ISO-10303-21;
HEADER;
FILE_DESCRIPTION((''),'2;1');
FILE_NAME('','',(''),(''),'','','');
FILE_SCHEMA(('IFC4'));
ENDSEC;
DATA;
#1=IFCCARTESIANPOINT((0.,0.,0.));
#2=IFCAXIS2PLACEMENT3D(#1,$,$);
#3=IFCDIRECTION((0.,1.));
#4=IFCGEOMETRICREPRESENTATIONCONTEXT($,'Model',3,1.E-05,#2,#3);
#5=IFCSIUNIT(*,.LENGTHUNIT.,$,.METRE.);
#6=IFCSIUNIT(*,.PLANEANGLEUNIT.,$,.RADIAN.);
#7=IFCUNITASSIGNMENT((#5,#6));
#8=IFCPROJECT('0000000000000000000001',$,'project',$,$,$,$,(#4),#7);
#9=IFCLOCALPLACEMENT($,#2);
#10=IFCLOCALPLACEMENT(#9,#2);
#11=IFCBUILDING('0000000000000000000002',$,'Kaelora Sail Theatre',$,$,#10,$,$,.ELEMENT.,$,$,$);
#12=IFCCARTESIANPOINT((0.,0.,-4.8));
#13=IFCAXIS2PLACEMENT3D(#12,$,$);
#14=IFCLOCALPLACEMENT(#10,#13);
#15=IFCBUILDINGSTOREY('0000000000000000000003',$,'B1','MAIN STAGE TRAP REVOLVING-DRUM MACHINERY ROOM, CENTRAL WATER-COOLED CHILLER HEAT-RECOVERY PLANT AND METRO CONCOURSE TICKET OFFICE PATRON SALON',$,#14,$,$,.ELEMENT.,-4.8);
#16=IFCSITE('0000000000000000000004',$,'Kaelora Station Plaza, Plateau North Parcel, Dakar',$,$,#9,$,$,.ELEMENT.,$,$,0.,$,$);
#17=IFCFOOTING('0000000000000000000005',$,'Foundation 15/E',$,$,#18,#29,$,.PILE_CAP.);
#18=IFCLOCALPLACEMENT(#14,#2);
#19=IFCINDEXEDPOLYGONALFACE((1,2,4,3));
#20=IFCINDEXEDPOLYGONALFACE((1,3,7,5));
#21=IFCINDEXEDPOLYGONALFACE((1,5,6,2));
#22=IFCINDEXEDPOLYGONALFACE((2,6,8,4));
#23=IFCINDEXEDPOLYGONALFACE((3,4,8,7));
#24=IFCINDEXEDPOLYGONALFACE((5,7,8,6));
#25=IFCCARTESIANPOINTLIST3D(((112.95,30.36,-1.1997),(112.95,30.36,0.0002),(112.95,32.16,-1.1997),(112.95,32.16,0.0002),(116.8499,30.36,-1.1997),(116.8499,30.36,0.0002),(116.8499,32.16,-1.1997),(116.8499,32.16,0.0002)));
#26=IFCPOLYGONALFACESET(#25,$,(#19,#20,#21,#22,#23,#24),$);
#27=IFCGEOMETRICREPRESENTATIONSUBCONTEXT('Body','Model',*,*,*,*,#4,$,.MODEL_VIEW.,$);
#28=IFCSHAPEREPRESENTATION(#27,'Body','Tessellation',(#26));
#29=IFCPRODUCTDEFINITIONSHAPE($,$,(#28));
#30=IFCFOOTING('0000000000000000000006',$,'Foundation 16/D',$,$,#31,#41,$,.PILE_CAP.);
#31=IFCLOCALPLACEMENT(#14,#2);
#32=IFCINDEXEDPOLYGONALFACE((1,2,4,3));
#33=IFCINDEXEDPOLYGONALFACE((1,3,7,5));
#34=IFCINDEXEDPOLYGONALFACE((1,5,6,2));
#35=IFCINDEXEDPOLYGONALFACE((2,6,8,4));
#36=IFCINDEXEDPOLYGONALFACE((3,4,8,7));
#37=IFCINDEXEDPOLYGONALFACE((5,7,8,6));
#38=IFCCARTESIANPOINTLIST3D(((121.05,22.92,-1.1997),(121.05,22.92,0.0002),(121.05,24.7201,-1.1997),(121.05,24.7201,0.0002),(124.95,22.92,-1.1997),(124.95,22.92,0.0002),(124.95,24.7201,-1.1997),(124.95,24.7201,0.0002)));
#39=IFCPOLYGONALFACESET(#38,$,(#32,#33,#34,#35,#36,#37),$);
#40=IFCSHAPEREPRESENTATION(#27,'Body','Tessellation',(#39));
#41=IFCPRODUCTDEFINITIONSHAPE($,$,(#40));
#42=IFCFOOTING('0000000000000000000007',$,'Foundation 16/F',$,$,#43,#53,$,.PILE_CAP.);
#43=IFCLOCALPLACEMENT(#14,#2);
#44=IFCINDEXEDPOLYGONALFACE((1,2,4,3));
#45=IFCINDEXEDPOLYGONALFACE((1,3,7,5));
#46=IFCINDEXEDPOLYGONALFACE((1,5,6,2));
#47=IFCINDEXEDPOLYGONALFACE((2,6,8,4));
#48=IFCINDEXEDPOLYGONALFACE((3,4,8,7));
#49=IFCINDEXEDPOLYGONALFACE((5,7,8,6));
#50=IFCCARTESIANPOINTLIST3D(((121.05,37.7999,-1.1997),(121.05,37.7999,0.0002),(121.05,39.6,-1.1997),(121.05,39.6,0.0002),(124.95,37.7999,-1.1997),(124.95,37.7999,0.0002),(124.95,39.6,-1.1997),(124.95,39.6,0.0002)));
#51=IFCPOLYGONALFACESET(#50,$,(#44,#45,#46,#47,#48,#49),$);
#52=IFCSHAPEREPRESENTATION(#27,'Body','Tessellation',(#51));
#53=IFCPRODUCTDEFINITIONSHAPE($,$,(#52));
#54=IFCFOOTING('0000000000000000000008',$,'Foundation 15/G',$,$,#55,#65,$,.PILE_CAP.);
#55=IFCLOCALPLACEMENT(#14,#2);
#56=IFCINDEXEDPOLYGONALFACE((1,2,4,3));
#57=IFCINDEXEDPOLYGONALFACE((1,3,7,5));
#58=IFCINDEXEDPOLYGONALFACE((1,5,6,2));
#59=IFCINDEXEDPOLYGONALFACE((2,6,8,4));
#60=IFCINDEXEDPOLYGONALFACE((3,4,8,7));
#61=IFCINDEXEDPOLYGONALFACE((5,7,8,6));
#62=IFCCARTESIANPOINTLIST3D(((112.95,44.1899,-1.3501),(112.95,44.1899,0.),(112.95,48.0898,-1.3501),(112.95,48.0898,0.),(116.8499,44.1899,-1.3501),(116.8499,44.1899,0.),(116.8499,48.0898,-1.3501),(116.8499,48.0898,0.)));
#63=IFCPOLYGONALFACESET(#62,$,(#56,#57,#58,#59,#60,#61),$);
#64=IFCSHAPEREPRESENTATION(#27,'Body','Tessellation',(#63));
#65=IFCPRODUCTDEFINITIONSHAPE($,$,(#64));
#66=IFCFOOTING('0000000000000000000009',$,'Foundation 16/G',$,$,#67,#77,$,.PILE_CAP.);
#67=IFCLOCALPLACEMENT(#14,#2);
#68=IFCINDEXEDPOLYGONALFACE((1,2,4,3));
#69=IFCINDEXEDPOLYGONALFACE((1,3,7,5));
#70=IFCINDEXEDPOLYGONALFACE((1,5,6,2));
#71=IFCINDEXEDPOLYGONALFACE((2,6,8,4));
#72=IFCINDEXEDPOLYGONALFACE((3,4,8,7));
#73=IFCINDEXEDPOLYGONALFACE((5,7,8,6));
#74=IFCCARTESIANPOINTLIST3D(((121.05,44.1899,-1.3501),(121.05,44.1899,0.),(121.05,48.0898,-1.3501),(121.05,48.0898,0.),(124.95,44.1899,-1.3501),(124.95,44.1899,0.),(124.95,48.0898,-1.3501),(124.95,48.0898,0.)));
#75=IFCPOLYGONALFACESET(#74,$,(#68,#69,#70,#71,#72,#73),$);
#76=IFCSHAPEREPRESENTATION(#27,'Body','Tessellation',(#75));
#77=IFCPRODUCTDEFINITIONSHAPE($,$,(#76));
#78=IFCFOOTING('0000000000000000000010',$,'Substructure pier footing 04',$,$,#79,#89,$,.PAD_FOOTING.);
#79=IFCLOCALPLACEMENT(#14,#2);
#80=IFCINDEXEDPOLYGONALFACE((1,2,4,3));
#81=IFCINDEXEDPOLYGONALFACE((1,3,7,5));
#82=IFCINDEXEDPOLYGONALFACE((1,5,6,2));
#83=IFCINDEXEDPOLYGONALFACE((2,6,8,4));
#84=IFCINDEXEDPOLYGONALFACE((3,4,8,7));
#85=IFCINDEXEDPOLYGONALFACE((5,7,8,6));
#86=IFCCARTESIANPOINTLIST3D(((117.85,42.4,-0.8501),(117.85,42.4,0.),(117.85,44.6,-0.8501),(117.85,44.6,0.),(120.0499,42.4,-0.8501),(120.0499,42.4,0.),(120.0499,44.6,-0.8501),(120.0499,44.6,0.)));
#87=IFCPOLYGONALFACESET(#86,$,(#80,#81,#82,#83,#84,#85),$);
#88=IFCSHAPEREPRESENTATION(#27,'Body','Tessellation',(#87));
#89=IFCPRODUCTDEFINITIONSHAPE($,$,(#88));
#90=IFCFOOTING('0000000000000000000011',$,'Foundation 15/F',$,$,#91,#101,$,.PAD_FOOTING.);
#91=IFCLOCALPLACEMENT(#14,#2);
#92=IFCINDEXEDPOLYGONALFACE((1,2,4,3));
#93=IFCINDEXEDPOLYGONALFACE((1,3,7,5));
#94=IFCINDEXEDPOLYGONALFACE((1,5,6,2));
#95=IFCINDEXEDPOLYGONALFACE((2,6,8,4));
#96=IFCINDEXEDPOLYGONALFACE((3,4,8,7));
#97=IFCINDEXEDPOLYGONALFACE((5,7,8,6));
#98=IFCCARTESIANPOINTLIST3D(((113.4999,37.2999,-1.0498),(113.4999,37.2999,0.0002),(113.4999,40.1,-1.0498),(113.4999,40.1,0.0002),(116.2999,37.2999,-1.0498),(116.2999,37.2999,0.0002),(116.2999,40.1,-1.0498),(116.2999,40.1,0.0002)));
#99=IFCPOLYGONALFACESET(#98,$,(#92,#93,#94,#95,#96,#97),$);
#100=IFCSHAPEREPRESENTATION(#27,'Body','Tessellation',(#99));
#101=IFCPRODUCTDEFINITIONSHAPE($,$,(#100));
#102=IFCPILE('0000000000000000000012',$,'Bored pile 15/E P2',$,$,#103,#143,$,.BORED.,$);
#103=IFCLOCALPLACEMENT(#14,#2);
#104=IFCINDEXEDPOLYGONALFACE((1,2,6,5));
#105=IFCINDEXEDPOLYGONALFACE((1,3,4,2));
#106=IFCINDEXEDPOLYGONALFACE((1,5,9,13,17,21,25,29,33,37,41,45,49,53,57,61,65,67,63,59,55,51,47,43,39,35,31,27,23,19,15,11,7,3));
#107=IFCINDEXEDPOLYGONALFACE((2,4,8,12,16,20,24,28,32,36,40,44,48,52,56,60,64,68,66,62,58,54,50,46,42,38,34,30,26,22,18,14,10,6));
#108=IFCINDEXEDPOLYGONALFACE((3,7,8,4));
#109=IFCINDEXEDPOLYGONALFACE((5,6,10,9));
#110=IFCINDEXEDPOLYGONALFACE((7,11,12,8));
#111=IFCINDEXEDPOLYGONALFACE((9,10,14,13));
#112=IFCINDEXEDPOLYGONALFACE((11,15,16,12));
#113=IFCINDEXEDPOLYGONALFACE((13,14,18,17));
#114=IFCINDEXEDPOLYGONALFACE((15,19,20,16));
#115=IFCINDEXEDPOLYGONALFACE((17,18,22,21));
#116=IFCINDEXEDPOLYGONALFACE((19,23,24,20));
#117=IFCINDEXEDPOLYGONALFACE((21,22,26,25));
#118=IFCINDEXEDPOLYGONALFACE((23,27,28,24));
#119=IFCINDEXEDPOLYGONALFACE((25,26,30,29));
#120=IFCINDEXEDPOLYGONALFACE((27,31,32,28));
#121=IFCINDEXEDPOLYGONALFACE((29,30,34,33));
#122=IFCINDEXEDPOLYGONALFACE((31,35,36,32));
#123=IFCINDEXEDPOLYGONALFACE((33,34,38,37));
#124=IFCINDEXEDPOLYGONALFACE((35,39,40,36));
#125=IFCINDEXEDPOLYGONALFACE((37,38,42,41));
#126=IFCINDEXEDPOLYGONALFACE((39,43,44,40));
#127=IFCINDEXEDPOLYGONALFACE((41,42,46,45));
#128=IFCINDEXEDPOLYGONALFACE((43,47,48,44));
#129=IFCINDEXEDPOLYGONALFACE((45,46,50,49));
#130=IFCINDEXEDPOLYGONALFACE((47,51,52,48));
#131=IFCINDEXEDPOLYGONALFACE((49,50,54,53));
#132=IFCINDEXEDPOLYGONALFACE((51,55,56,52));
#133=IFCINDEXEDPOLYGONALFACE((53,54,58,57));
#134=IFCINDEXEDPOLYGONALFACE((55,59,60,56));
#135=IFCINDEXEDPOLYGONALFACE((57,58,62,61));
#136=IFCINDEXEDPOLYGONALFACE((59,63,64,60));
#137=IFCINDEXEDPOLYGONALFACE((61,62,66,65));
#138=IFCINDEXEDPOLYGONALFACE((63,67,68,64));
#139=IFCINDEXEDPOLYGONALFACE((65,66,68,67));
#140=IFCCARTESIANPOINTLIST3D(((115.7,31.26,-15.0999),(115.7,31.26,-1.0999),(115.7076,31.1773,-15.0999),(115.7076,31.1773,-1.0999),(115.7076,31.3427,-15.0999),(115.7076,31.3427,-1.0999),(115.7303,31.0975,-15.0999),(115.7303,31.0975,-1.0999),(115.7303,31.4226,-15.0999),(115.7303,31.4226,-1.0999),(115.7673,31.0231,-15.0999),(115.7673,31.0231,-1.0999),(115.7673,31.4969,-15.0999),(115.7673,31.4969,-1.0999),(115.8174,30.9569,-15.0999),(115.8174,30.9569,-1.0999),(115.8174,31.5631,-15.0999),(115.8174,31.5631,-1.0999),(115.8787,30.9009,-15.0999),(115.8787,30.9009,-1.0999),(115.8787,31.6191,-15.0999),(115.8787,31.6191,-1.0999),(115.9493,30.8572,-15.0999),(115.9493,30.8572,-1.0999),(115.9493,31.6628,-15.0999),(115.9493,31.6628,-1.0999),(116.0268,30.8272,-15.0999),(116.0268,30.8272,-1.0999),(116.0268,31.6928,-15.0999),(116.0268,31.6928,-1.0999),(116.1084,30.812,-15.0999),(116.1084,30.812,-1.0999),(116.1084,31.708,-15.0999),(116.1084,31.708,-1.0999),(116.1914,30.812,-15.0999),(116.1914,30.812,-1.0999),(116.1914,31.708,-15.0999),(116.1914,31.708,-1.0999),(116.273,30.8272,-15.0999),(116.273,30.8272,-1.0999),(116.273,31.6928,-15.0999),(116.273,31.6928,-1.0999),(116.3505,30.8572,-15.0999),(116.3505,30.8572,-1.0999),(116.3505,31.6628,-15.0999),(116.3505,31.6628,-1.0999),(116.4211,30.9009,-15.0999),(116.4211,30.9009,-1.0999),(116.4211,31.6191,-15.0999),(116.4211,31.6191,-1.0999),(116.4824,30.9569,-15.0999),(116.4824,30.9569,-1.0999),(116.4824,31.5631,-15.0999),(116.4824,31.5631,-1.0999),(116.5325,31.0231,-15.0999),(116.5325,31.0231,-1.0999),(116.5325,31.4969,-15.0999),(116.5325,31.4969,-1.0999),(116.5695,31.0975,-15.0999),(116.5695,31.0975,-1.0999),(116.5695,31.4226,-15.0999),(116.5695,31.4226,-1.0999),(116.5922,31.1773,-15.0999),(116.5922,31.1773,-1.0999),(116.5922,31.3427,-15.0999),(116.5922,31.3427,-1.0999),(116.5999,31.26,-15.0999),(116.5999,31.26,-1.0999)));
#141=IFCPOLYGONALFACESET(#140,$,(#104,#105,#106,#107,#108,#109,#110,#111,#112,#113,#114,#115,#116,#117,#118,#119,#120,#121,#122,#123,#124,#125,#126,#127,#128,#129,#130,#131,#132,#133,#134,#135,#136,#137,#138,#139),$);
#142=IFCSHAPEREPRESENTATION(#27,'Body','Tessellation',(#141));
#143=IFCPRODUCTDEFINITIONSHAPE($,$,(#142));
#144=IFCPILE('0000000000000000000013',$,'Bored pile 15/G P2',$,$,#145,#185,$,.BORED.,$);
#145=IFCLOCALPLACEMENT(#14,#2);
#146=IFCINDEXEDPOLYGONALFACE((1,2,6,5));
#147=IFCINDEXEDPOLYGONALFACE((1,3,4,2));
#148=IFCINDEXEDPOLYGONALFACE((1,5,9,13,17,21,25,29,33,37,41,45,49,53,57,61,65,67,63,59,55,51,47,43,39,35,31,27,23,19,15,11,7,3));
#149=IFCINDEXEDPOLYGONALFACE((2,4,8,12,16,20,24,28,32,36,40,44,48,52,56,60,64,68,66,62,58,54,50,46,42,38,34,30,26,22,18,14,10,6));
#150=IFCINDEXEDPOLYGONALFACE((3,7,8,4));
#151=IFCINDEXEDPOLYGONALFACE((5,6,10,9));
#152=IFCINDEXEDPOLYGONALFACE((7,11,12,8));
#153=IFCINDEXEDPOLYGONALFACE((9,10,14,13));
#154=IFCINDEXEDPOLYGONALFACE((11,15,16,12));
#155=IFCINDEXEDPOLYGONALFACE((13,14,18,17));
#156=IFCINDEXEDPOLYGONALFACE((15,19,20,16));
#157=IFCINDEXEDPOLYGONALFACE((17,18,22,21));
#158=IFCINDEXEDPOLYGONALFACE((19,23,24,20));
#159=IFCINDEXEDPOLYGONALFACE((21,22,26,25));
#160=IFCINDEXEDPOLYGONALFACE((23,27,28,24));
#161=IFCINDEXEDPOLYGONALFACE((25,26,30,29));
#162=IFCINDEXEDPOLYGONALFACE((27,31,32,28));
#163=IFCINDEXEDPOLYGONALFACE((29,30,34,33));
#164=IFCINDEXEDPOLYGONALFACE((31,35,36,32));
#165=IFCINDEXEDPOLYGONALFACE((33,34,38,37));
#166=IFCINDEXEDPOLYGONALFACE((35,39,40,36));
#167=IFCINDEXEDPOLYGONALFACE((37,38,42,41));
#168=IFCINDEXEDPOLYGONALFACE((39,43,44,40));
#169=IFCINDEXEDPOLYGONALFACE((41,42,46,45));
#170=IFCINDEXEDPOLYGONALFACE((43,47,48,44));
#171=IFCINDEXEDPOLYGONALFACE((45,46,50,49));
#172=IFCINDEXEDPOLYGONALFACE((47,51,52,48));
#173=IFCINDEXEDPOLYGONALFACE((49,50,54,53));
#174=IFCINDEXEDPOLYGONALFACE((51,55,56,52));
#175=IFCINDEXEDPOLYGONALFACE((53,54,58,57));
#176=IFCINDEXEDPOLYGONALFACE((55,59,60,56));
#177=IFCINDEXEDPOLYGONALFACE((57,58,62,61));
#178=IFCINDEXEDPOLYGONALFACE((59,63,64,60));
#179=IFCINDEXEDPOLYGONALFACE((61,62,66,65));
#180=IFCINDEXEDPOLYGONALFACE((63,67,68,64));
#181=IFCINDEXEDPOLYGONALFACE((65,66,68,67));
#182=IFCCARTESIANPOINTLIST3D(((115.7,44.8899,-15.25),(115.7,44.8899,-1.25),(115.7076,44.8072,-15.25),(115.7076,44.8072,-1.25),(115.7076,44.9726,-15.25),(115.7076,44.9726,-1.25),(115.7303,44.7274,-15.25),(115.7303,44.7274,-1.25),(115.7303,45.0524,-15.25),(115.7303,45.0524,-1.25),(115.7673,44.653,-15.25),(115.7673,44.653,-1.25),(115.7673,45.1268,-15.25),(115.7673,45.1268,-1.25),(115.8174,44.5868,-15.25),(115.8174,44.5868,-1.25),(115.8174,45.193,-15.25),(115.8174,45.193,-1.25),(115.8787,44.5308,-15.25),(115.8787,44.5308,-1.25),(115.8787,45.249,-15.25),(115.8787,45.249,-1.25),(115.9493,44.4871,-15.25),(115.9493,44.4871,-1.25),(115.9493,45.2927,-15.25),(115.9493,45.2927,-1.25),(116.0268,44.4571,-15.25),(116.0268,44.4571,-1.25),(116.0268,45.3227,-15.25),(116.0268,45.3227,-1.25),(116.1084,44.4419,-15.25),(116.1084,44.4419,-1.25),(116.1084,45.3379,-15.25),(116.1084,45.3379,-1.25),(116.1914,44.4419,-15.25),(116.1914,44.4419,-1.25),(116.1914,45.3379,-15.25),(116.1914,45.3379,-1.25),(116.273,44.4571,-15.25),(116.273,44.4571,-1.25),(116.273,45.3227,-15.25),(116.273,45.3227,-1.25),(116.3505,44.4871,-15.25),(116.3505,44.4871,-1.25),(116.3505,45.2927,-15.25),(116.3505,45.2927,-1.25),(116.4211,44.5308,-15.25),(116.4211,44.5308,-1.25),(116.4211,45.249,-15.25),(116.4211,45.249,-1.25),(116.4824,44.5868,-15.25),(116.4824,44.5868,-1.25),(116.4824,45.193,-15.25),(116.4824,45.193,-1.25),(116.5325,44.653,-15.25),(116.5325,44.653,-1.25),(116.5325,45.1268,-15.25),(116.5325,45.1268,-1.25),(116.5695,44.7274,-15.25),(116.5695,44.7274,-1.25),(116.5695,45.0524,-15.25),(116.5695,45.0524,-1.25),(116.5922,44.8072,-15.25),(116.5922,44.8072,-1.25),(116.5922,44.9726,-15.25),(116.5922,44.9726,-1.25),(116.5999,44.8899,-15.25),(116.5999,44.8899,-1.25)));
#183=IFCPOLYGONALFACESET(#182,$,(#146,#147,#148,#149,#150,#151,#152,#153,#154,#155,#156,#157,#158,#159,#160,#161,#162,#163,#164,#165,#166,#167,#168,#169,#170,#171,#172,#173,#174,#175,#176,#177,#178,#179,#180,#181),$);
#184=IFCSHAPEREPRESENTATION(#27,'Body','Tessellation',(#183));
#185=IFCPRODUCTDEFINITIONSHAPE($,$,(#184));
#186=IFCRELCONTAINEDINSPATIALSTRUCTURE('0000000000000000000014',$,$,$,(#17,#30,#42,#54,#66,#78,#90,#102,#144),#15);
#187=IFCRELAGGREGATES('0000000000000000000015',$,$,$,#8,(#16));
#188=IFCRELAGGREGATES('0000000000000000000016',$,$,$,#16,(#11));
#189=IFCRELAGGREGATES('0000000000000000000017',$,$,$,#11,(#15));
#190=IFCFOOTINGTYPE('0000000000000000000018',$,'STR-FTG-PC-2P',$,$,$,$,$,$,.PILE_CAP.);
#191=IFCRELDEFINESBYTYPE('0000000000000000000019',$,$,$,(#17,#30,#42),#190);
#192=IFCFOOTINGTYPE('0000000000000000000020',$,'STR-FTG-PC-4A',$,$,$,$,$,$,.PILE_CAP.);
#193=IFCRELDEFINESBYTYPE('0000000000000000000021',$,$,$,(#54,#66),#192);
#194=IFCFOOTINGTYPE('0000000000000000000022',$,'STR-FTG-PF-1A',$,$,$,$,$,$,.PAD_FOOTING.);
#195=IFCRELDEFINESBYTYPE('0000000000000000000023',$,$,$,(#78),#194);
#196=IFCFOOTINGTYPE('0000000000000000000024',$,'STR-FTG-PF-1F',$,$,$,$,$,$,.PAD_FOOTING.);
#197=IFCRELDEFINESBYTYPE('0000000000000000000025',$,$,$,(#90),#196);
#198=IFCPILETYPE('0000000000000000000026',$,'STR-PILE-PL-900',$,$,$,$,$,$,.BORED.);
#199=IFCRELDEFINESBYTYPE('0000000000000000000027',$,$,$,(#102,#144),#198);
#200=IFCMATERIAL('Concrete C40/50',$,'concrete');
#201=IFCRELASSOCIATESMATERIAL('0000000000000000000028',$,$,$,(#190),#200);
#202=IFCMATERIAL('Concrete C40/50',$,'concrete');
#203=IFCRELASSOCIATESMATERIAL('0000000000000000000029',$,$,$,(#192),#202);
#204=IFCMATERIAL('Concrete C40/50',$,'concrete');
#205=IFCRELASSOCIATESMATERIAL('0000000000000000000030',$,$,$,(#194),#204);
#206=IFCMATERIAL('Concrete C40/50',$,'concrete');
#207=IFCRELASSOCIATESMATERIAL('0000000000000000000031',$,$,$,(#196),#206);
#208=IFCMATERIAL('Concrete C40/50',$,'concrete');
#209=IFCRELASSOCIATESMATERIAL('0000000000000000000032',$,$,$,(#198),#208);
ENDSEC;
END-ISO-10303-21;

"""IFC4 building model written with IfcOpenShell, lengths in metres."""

from ifc_helpers import new_model, si_unit, direction, frame, origin, origin_2d, place, context, subcontext, project, spatial, rectangle, circle, extrude, material, material_profile, profile_set, type_object, element, save


model = new_model("IFC4")

# Units and contexts
model_context = context("Model", 3, precision=1e-05, world=origin(), true_north=direction((0.0, 1.0)))
body_context = subcontext(model_context, "Body", "Model", "MODEL_VIEW")
ifc_project = project(units=[si_unit("LENGTHUNIT", "METRE"), si_unit("PLANEANGLEUNIT", "RADIAN")], contexts=[model_context])

# Site, building, storey
site_placement = place(None, origin())
site = spatial("IfcSite", under=ifc_project, at=site_placement, Name="Kaelora Station Plaza, Plateau North Parcel, Dakar", CompositionType="ELEMENT", RefElevation=0.0)
building_placement = place(site_placement, origin())
building = spatial("IfcBuilding", under=site, at=building_placement, Name="Kaelora Sail Theatre", CompositionType="ELEMENT")
storey_placement = place(building_placement, frame((0.0, 0.0, -4.8)))
storey = spatial("IfcBuildingStorey", under=building, at=storey_placement, Name="B1", Description="MAIN STAGE TRAP REVOLVING-DRUM MACHINERY ROOM, CENTRAL WATER-COOLED CHILLER HEAT-RECOVERY PLANT AND METRO CONCOURSE TICKET OFFICE PATRON SALON", CompositionType="ELEMENT", Elevation=-4.8)

# Footings
ifc_material_1 = material(Name="Concrete C40/50", Category="concrete")
footing_type_1 = type_object("IfcFootingType", Name="STR-FTG-PC-2P", PredefinedType="PILE_CAP", material=ifc_material_1)
for number, where, z_axis, x_axis, name in (
    (1, (114.8999, 31.26, -1.1997), (0.0, 0.0, 1.0), (1.0, 0.0, 0.0), "Foundation 15/E"),
    (2, (123.0, 23.8201, -1.1997), (0.0, 0.0, 1.0), (1.0, 0.0, 0.0), "Foundation 16/D"),
    (3, (123.0, 38.7, -1.1997), (0.0, 0.0, 1.0), (1.0, 0.0, 0.0), "Foundation 16/F"),
):
    element("IfcFooting", number, at=place(storey_placement, frame(where, z_axis=z_axis, x_axis=x_axis)), inside=storey, type_object=footing_type_1, Name=name, PredefinedType="PILE_CAP", context=body_context, shape_type="SweptSolid", body=[
        extrude(rectangle(XDim=3.8999, YDim=1.8, at=origin_2d()), origin(), (0.0, 0.0, 1.0), 1.2),
    ])
ifc_material_2 = material(Name="Concrete C40/50", Category="concrete")
footing_type_2 = type_object("IfcFootingType", Name="STR-FTG-PC-4A", PredefinedType="PILE_CAP", material=ifc_material_2)
for number, where, z_axis, x_axis, name in (
    (4, (114.8999, 46.1399, -1.3501), (0.0, 0.0, 1.0), (1.0, 0.0, 0.0), "Foundation 15/G"),
    (5, (123.0, 46.1399, -1.3501), (0.0, 0.0, 1.0), (1.0, 0.0, 0.0), "Foundation 16/G"),
):
    element("IfcFooting", number, at=place(storey_placement, frame(where, z_axis=z_axis, x_axis=x_axis)), inside=storey, type_object=footing_type_2, Name=name, PredefinedType="PILE_CAP", context=body_context, shape_type="SweptSolid", body=[
        extrude(rectangle(XDim=3.8999, YDim=3.8999, at=origin_2d()), origin(), (0.0, 0.0, 1.0), 1.3501),
    ])
ifc_material_3 = material(Name="Concrete C40/50", Category="concrete")
footing_type_3 = type_object("IfcFootingType", Name="STR-FTG-PF-1A", PredefinedType="PAD_FOOTING", material=ifc_material_3)
footing_1_placement = place(storey_placement, frame((118.95, 43.5, -0.8501), z_axis=(0.0, 0.0, 1.0), x_axis=(1.0, 0.0, 0.0)))
element("IfcFooting", 6, at=footing_1_placement, inside=storey, type_object=footing_type_3, Name="Substructure pier footing 04", PredefinedType="PAD_FOOTING", context=body_context, shape_type="SweptSolid", body=[
    extrude(rectangle(XDim=2.2, YDim=2.2, at=origin_2d()), origin(), (0.0, 0.0, 1.0), 0.8501),
])
ifc_material_4 = material(Name="Concrete C40/50", Category="concrete")
footing_type_4 = type_object("IfcFootingType", Name="STR-FTG-PF-1F", PredefinedType="PAD_FOOTING", material=ifc_material_4)
footing_2_placement = place(storey_placement, frame((114.8999, 38.7, -1.0498), z_axis=(0.0, 0.0, 1.0), x_axis=(1.0, 0.0, 0.0)))
element("IfcFooting", 7, at=footing_2_placement, inside=storey, type_object=footing_type_4, Name="Foundation 15/F", PredefinedType="PAD_FOOTING", context=body_context, shape_type="SweptSolid", body=[
    extrude(rectangle(XDim=2.8, YDim=2.8, at=origin_2d()), origin(), (0.0, 0.0, 1.0), 1.05),
])

# Piles
ifc_material_5 = material(Name="Concrete C40/50", Category="concrete")
ifc_material_profile_1 = material_profile(ifc_material_5, circle(Radius=0.45, at=origin_2d()), Name="PILE D900")
ifc_profile_set_1 = profile_set([ifc_material_profile_1], Name="Concrete C40/50")
pile_type = type_object("IfcPileType", Name="STR-PILE-PL-900", PredefinedType="BORED", material=ifc_profile_set_1)
for number, where, z_axis, x_axis, name in (
    (8, (116.1499, 31.26, -1.0999), (0.0, 0.0, -1.0), (1.0, 0.0, 0.0), "Bored pile 15/E P2"),
    (9, (116.1499, 44.8899, -1.25), (0.0, 0.0, -1.0), (1.0, 0.0, 0.0), "Bored pile 15/G P2"),
):
    element("IfcPile", number, at=place(storey_placement, frame(where, z_axis=z_axis, x_axis=x_axis)), inside=storey, type_object=pile_type, Name=name, PredefinedType="BORED", context=body_context, shape_type="SweptSolid", body=[
        extrude(circle(Radius=0.45, at=origin_2d()), origin(), (0.0, 0.0, 1.0), 14.0),
    ])

save(model, "model.ifc")
